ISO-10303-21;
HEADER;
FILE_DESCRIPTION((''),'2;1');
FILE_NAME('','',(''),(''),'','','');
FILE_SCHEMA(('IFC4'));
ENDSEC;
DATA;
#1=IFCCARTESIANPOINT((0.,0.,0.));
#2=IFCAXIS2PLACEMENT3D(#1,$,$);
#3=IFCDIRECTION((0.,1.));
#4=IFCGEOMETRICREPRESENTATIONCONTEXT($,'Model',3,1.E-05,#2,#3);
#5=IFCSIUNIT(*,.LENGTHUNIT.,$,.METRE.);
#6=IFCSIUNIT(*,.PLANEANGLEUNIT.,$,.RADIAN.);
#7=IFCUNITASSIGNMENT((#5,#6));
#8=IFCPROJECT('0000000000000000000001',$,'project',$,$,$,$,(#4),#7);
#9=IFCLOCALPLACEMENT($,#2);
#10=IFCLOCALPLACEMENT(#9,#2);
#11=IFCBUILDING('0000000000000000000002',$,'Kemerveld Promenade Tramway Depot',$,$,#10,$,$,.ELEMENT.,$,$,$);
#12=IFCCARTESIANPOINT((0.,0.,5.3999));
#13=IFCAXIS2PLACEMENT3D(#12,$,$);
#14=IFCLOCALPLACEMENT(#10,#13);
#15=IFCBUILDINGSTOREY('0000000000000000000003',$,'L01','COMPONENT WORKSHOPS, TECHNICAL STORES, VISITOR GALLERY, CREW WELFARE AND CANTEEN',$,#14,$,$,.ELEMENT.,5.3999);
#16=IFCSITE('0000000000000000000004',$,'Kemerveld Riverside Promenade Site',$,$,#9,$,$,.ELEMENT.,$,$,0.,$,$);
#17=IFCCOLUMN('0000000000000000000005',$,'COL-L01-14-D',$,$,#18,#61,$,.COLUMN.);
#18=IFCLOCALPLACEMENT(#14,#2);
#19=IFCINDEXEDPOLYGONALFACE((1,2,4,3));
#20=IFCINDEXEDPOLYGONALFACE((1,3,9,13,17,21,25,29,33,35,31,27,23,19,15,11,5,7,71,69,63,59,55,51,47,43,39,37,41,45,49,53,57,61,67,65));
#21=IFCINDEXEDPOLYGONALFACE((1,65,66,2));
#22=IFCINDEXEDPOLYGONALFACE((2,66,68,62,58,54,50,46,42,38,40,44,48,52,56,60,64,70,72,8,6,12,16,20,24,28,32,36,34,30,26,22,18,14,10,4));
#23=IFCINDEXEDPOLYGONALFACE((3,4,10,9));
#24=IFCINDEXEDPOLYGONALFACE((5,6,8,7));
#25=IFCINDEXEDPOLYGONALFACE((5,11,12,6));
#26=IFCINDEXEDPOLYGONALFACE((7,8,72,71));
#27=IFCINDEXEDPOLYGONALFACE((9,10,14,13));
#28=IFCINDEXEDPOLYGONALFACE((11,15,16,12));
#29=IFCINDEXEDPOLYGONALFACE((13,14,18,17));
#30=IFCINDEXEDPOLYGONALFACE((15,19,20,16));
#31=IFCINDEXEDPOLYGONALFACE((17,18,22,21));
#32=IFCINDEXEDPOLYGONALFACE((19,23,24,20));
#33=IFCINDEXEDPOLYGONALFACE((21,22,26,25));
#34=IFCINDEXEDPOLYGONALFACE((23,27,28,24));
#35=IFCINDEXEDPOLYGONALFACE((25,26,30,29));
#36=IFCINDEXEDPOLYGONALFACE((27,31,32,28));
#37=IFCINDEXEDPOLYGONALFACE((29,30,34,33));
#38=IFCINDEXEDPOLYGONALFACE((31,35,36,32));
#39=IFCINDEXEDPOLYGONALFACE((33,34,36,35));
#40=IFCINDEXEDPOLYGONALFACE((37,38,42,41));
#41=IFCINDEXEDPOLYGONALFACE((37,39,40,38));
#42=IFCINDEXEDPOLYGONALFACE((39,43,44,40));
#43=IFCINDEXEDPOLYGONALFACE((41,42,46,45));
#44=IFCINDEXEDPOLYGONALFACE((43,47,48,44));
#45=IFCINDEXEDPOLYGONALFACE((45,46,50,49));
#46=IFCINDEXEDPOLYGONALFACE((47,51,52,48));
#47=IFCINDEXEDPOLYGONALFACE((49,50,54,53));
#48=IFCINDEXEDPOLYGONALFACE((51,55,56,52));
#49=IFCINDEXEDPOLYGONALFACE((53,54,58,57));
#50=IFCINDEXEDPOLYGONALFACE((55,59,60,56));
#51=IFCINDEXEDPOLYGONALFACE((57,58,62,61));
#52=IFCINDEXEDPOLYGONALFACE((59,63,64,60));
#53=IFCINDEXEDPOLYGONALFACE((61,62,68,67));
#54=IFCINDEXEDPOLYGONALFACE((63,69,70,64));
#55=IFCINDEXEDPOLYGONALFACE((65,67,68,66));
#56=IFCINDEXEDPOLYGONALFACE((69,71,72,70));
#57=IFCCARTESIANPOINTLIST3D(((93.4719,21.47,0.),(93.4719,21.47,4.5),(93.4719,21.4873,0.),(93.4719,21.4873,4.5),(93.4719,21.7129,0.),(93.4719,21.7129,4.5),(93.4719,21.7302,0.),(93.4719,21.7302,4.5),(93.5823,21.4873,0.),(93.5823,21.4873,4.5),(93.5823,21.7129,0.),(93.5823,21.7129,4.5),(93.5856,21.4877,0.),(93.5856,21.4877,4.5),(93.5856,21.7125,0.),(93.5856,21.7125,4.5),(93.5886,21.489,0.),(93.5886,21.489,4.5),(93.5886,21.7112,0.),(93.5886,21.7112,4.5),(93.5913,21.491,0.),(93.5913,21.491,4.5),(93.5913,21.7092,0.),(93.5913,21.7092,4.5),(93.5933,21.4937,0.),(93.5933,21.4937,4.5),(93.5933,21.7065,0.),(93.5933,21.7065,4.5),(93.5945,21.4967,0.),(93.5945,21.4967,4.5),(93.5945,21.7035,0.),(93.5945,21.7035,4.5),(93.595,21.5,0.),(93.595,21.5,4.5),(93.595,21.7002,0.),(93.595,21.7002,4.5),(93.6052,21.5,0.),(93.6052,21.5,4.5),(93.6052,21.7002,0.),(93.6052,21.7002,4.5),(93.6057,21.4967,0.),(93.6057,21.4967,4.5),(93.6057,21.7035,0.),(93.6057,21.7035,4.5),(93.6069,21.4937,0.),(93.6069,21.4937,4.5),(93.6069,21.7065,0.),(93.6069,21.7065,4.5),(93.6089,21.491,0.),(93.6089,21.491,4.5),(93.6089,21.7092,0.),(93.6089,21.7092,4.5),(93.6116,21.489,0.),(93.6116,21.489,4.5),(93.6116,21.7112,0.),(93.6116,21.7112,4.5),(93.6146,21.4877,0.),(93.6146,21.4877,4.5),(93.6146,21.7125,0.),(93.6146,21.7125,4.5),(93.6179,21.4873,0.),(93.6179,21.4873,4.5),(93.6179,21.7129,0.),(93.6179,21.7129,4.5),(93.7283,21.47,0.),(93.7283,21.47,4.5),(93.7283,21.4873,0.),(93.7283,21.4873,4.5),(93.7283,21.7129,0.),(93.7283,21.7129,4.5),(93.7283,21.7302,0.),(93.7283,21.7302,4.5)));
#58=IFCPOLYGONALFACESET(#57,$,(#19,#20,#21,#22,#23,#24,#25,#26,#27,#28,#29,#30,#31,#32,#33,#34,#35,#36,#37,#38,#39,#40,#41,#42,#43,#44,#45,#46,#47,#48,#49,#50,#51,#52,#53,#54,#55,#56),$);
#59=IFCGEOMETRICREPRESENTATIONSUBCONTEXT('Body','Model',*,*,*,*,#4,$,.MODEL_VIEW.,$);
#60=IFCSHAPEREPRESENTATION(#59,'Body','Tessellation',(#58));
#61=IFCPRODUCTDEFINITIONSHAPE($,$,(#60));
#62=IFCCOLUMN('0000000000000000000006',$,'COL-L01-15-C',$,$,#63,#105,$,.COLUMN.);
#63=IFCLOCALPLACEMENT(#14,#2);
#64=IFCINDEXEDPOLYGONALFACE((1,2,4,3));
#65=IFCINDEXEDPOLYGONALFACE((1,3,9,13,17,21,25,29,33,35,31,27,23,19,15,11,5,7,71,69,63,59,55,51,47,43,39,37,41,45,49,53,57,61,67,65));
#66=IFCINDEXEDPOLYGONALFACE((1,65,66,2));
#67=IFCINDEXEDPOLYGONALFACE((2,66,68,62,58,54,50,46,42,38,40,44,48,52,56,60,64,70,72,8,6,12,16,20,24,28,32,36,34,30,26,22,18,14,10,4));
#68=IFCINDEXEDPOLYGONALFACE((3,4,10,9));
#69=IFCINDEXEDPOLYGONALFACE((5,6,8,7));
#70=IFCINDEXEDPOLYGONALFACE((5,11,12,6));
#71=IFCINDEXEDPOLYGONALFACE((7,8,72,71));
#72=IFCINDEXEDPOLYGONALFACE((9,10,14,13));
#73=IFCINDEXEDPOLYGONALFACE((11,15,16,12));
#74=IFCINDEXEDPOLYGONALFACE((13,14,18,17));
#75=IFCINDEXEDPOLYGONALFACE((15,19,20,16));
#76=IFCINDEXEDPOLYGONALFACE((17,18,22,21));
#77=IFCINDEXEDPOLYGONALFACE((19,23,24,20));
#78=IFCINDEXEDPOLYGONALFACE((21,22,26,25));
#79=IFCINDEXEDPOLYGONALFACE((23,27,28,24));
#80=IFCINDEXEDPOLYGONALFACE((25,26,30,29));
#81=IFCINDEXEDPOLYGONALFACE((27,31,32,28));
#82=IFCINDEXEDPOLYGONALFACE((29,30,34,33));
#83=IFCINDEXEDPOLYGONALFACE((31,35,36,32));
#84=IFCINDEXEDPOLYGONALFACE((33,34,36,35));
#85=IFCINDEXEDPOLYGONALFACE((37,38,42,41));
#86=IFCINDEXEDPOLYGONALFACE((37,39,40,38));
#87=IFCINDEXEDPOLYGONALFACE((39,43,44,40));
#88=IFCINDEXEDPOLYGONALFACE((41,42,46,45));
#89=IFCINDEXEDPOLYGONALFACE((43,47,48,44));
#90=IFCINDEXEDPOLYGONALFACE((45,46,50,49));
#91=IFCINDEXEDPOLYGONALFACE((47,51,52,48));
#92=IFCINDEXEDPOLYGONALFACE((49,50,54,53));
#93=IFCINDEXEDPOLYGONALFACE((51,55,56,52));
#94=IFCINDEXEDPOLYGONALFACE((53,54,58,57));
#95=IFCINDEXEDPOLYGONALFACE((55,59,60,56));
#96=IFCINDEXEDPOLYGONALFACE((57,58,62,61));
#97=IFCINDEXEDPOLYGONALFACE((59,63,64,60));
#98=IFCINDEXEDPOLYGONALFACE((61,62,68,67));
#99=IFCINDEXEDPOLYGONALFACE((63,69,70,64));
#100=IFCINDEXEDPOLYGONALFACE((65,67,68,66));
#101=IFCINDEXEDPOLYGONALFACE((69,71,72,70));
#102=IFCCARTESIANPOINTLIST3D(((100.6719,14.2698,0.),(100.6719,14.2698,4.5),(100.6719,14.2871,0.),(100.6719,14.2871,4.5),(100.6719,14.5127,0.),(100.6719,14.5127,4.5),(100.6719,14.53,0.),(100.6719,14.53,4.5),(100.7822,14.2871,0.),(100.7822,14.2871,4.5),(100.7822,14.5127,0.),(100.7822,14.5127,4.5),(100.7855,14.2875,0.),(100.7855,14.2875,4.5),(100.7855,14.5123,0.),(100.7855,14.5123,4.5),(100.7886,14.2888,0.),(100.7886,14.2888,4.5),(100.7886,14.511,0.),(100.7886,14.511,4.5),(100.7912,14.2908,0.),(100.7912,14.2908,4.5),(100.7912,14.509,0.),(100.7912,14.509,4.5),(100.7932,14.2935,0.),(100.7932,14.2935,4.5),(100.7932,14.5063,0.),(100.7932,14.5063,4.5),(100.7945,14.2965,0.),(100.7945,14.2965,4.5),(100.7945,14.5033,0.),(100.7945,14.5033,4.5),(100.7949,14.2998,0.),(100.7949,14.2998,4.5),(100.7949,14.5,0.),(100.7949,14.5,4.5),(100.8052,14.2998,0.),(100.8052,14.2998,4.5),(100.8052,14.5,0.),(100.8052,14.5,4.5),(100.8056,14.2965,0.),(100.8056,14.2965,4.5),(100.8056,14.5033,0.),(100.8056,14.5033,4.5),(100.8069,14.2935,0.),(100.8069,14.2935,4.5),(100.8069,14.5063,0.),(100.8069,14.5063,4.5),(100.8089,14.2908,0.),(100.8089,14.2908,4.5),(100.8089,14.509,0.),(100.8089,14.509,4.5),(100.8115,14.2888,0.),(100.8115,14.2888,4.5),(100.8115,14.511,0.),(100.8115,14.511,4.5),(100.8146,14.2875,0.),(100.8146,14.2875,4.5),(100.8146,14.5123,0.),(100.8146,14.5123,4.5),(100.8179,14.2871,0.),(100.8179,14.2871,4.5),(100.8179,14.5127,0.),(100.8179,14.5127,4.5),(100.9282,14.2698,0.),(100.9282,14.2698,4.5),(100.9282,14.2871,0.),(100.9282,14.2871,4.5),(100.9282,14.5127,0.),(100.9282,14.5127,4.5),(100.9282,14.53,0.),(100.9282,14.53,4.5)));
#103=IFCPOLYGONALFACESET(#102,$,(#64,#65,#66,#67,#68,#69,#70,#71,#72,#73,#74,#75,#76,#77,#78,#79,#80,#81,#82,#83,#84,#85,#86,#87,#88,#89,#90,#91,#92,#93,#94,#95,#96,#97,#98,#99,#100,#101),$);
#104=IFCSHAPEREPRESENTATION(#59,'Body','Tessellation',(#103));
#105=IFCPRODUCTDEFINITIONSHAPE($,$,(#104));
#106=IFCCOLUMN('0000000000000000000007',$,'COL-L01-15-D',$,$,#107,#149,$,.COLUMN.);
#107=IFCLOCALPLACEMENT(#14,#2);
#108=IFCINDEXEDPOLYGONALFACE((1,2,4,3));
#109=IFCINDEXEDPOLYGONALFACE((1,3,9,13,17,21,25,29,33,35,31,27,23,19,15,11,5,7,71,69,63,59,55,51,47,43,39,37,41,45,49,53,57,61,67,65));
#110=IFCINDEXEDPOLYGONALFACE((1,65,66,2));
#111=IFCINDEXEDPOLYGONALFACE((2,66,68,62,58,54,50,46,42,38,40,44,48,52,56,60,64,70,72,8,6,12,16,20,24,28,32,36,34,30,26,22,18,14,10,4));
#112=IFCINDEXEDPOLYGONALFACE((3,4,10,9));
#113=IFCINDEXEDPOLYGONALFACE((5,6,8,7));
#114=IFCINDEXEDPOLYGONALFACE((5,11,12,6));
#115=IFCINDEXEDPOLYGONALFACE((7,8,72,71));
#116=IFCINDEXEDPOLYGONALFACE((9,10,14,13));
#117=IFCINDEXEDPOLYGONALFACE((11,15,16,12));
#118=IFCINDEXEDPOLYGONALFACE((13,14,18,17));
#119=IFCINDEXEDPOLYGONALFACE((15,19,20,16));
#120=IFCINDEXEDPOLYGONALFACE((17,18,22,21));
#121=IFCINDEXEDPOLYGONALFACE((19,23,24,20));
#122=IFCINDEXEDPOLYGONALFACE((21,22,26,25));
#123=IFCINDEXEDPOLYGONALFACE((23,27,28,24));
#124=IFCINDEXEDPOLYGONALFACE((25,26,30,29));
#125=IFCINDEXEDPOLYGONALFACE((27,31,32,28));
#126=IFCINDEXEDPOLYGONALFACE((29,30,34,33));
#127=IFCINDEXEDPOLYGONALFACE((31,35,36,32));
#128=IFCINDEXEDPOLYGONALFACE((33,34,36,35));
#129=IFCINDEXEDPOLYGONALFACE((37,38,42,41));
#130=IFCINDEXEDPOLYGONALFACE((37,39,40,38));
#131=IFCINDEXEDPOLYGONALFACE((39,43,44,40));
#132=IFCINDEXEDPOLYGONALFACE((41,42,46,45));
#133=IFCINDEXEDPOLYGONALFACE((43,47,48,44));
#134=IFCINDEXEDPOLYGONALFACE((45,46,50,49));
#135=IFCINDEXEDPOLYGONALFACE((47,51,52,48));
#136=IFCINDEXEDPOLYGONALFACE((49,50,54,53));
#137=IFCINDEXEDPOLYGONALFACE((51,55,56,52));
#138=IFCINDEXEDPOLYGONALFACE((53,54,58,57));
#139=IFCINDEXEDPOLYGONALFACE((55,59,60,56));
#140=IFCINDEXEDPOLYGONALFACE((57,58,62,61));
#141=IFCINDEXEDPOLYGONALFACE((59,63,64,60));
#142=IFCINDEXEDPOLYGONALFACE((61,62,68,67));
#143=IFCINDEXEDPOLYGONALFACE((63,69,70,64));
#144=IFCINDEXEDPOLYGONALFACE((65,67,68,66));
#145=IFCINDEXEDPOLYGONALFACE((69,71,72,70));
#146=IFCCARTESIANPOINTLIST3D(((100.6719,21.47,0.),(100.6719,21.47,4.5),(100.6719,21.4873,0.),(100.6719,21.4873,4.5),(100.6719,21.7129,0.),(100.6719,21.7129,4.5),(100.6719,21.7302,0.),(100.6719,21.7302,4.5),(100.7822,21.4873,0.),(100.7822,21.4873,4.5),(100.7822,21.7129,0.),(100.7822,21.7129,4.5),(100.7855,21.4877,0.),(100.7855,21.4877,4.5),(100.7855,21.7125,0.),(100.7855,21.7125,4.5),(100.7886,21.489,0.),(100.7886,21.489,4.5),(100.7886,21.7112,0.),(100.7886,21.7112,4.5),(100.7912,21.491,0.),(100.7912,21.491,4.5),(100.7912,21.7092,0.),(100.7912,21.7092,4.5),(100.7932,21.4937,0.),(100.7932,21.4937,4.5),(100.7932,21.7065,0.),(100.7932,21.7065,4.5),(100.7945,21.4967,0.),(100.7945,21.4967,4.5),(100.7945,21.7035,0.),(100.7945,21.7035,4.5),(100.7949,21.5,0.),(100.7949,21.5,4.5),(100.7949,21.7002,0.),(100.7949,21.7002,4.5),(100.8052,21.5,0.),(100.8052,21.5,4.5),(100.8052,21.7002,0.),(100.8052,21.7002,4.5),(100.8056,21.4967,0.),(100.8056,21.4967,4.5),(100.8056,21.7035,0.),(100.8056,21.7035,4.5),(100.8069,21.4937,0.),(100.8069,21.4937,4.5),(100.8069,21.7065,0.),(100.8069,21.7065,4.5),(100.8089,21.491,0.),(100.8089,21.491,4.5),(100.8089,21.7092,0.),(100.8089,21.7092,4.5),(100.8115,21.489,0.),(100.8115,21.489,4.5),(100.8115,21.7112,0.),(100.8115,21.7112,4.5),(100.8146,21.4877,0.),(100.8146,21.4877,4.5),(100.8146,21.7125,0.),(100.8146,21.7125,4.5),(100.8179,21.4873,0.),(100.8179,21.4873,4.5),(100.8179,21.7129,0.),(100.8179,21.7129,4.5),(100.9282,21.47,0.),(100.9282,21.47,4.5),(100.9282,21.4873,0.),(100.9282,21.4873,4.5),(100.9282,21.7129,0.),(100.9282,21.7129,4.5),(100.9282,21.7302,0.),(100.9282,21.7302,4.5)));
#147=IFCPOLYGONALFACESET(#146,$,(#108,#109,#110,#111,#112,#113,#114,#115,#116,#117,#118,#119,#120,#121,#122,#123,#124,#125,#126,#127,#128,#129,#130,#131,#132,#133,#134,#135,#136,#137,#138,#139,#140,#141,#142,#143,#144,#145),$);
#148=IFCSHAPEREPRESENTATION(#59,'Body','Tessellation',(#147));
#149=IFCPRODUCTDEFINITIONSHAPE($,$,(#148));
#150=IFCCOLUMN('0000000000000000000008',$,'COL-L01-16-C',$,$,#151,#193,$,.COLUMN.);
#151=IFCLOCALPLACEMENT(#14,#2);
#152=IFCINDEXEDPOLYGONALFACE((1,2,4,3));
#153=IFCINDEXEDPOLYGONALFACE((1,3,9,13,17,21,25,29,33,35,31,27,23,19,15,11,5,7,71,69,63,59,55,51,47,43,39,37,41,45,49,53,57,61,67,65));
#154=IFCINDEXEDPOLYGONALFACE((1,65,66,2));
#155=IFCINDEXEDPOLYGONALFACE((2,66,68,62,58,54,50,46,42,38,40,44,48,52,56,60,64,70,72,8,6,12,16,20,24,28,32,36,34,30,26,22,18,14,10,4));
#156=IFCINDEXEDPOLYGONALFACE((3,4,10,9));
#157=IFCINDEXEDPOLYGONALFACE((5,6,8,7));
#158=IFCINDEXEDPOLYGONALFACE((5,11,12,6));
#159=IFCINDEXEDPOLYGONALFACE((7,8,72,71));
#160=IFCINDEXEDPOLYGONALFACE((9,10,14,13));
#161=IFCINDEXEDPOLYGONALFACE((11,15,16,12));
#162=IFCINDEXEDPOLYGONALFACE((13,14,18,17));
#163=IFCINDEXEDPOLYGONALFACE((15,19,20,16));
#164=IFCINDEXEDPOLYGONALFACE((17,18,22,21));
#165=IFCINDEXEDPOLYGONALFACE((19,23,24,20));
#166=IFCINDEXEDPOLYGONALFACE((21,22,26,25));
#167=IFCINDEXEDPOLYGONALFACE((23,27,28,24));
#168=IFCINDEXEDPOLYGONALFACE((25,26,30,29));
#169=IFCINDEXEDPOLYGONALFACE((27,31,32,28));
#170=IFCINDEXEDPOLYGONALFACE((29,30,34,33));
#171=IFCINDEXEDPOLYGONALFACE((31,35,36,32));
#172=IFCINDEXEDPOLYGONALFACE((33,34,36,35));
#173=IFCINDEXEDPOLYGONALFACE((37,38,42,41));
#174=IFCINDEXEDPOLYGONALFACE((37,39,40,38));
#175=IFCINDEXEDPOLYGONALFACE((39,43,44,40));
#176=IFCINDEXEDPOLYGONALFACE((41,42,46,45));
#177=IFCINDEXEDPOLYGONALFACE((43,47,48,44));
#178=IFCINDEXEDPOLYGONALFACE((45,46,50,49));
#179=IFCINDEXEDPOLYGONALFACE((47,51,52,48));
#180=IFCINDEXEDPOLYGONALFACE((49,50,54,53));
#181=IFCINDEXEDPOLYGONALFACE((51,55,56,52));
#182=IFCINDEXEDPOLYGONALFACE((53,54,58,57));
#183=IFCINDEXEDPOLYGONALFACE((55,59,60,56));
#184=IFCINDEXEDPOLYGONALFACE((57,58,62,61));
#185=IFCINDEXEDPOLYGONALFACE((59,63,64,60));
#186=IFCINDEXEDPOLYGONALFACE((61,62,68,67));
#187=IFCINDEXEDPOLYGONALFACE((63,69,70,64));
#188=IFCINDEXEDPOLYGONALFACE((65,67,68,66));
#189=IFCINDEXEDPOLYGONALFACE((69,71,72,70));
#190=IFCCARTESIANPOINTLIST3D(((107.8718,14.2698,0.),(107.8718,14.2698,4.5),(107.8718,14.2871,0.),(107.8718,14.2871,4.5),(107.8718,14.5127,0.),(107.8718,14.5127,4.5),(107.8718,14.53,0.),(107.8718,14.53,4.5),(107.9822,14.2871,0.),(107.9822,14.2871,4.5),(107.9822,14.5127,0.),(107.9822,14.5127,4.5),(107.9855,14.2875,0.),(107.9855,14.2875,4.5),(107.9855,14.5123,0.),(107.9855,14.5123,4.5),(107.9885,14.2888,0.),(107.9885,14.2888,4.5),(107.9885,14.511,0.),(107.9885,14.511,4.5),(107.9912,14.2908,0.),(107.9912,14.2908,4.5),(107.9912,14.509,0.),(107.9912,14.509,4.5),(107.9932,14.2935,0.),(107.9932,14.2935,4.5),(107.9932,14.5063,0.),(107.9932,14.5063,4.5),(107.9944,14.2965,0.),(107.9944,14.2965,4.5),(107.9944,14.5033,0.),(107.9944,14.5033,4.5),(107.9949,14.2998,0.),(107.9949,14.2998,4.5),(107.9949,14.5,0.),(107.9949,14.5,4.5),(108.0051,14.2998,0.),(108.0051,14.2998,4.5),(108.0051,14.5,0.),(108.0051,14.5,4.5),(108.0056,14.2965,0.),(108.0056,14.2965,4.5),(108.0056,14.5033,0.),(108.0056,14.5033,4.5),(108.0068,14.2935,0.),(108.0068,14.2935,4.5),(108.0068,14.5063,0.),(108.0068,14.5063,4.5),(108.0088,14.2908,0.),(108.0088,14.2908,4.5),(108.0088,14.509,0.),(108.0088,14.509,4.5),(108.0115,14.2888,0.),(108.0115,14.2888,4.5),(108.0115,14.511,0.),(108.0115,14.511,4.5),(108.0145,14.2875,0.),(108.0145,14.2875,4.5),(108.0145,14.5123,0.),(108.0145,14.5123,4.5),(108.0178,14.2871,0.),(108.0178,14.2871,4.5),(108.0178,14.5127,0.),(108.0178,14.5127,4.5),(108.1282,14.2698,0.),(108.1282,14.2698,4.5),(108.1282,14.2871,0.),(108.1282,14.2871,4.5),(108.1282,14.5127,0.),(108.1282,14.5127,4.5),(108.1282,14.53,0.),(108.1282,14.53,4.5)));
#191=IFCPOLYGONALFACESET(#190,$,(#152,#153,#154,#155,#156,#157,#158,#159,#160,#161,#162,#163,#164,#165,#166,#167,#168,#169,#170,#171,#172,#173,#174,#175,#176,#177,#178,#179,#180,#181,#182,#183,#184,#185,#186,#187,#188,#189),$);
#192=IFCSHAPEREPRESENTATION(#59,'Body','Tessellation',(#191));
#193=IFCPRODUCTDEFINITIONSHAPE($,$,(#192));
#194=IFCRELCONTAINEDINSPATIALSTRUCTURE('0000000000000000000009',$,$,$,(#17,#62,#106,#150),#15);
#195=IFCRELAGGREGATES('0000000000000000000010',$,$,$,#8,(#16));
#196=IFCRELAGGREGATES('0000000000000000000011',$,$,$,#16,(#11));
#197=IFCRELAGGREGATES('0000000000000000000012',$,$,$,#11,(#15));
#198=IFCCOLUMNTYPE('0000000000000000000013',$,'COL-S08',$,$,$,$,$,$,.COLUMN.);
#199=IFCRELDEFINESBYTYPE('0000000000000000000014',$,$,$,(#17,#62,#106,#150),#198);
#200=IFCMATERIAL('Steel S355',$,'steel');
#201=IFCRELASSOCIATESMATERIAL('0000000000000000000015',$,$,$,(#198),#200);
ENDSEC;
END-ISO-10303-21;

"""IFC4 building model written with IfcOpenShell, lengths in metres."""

from ifc_helpers import new_model, si_unit, direction, frame, origin, origin_2d, place, context, subcontext, project, spatial, i_section, extrude, material, material_profile, profile_set, type_object, element, save


model = new_model("IFC4")

# Units and contexts
model_context = context("Model", 3, precision=1e-05, world=origin(), true_north=direction((0.0, 1.0)))
body_context = subcontext(model_context, "Body", "Model", "MODEL_VIEW")
ifc_project = project(units=[si_unit("LENGTHUNIT", "METRE"), si_unit("PLANEANGLEUNIT", "RADIAN")], contexts=[model_context])

# Site, building, storey
site_placement = place(None, origin())
site = spatial("IfcSite", under=ifc_project, at=site_placement, Name="Kemerveld Riverside Promenade Site", CompositionType="ELEMENT", RefElevation=0.0)
building_placement = place(site_placement, origin())
building = spatial("IfcBuilding", under=site, at=building_placement, Name="Kemerveld Promenade Tramway Depot", CompositionType="ELEMENT")
storey_placement = place(building_placement, frame((0.0, 0.0, 5.3999)))
storey = spatial("IfcBuildingStorey", under=building, at=storey_placement, Name="L01", Description="COMPONENT WORKSHOPS, TECHNICAL STORES, VISITOR GALLERY, CREW WELFARE AND CANTEEN", CompositionType="ELEMENT", Elevation=5.3999)

# Columns
ifc_material_1 = material(Name="Steel S355", Category="steel")
ifc_material_profile_1 = material_profile(ifc_material_1, i_section(OverallWidth=0.2563, OverallDepth=0.2603, WebThickness=0.0103, FlangeThickness=0.0173, FilletRadius=0.0127, at=origin_2d()), Name="254x254x89 UC")
ifc_profile_set_1 = profile_set([ifc_material_profile_1], Name="Steel S355")
column_type = type_object("IfcColumnType", Name="COL-S08", PredefinedType="COLUMN", material=ifc_profile_set_1)
for number, where, z_axis, x_axis, name in (
    (1, (93.6001, 21.6001, 0.0), (0.0, 0.0, 1.0), (1.0, 0.0, 0.0), "COL-L01-14-D"),
    (2, (100.8, 14.3999, 0.0), (0.0, 0.0, 1.0), (1.0, 0.0, 0.0), "COL-L01-15-C"),
    (3, (100.8, 21.6001, 0.0), (0.0, 0.0, 1.0), (1.0, 0.0, 0.0), "COL-L01-15-D"),
    (4, (108.0, 14.3999, 0.0), (0.0, 0.0, 1.0), (1.0, 0.0, 0.0), "COL-L01-16-C"),
):
    element("IfcColumn", number, at=place(storey_placement, frame(where, z_axis=z_axis, x_axis=x_axis)), inside=storey, type_object=column_type, Name=name, PredefinedType="COLUMN", context=body_context, shape_type="SweptSolid", body=[
        extrude(i_section(OverallWidth=0.2563, OverallDepth=0.2603, WebThickness=0.0103, FlangeThickness=0.0173, FilletRadius=0.0127, at=origin_2d()), origin(), (0.0, 0.0, 1.0), 4.5),
    ])

save(model, "model.ifc")
